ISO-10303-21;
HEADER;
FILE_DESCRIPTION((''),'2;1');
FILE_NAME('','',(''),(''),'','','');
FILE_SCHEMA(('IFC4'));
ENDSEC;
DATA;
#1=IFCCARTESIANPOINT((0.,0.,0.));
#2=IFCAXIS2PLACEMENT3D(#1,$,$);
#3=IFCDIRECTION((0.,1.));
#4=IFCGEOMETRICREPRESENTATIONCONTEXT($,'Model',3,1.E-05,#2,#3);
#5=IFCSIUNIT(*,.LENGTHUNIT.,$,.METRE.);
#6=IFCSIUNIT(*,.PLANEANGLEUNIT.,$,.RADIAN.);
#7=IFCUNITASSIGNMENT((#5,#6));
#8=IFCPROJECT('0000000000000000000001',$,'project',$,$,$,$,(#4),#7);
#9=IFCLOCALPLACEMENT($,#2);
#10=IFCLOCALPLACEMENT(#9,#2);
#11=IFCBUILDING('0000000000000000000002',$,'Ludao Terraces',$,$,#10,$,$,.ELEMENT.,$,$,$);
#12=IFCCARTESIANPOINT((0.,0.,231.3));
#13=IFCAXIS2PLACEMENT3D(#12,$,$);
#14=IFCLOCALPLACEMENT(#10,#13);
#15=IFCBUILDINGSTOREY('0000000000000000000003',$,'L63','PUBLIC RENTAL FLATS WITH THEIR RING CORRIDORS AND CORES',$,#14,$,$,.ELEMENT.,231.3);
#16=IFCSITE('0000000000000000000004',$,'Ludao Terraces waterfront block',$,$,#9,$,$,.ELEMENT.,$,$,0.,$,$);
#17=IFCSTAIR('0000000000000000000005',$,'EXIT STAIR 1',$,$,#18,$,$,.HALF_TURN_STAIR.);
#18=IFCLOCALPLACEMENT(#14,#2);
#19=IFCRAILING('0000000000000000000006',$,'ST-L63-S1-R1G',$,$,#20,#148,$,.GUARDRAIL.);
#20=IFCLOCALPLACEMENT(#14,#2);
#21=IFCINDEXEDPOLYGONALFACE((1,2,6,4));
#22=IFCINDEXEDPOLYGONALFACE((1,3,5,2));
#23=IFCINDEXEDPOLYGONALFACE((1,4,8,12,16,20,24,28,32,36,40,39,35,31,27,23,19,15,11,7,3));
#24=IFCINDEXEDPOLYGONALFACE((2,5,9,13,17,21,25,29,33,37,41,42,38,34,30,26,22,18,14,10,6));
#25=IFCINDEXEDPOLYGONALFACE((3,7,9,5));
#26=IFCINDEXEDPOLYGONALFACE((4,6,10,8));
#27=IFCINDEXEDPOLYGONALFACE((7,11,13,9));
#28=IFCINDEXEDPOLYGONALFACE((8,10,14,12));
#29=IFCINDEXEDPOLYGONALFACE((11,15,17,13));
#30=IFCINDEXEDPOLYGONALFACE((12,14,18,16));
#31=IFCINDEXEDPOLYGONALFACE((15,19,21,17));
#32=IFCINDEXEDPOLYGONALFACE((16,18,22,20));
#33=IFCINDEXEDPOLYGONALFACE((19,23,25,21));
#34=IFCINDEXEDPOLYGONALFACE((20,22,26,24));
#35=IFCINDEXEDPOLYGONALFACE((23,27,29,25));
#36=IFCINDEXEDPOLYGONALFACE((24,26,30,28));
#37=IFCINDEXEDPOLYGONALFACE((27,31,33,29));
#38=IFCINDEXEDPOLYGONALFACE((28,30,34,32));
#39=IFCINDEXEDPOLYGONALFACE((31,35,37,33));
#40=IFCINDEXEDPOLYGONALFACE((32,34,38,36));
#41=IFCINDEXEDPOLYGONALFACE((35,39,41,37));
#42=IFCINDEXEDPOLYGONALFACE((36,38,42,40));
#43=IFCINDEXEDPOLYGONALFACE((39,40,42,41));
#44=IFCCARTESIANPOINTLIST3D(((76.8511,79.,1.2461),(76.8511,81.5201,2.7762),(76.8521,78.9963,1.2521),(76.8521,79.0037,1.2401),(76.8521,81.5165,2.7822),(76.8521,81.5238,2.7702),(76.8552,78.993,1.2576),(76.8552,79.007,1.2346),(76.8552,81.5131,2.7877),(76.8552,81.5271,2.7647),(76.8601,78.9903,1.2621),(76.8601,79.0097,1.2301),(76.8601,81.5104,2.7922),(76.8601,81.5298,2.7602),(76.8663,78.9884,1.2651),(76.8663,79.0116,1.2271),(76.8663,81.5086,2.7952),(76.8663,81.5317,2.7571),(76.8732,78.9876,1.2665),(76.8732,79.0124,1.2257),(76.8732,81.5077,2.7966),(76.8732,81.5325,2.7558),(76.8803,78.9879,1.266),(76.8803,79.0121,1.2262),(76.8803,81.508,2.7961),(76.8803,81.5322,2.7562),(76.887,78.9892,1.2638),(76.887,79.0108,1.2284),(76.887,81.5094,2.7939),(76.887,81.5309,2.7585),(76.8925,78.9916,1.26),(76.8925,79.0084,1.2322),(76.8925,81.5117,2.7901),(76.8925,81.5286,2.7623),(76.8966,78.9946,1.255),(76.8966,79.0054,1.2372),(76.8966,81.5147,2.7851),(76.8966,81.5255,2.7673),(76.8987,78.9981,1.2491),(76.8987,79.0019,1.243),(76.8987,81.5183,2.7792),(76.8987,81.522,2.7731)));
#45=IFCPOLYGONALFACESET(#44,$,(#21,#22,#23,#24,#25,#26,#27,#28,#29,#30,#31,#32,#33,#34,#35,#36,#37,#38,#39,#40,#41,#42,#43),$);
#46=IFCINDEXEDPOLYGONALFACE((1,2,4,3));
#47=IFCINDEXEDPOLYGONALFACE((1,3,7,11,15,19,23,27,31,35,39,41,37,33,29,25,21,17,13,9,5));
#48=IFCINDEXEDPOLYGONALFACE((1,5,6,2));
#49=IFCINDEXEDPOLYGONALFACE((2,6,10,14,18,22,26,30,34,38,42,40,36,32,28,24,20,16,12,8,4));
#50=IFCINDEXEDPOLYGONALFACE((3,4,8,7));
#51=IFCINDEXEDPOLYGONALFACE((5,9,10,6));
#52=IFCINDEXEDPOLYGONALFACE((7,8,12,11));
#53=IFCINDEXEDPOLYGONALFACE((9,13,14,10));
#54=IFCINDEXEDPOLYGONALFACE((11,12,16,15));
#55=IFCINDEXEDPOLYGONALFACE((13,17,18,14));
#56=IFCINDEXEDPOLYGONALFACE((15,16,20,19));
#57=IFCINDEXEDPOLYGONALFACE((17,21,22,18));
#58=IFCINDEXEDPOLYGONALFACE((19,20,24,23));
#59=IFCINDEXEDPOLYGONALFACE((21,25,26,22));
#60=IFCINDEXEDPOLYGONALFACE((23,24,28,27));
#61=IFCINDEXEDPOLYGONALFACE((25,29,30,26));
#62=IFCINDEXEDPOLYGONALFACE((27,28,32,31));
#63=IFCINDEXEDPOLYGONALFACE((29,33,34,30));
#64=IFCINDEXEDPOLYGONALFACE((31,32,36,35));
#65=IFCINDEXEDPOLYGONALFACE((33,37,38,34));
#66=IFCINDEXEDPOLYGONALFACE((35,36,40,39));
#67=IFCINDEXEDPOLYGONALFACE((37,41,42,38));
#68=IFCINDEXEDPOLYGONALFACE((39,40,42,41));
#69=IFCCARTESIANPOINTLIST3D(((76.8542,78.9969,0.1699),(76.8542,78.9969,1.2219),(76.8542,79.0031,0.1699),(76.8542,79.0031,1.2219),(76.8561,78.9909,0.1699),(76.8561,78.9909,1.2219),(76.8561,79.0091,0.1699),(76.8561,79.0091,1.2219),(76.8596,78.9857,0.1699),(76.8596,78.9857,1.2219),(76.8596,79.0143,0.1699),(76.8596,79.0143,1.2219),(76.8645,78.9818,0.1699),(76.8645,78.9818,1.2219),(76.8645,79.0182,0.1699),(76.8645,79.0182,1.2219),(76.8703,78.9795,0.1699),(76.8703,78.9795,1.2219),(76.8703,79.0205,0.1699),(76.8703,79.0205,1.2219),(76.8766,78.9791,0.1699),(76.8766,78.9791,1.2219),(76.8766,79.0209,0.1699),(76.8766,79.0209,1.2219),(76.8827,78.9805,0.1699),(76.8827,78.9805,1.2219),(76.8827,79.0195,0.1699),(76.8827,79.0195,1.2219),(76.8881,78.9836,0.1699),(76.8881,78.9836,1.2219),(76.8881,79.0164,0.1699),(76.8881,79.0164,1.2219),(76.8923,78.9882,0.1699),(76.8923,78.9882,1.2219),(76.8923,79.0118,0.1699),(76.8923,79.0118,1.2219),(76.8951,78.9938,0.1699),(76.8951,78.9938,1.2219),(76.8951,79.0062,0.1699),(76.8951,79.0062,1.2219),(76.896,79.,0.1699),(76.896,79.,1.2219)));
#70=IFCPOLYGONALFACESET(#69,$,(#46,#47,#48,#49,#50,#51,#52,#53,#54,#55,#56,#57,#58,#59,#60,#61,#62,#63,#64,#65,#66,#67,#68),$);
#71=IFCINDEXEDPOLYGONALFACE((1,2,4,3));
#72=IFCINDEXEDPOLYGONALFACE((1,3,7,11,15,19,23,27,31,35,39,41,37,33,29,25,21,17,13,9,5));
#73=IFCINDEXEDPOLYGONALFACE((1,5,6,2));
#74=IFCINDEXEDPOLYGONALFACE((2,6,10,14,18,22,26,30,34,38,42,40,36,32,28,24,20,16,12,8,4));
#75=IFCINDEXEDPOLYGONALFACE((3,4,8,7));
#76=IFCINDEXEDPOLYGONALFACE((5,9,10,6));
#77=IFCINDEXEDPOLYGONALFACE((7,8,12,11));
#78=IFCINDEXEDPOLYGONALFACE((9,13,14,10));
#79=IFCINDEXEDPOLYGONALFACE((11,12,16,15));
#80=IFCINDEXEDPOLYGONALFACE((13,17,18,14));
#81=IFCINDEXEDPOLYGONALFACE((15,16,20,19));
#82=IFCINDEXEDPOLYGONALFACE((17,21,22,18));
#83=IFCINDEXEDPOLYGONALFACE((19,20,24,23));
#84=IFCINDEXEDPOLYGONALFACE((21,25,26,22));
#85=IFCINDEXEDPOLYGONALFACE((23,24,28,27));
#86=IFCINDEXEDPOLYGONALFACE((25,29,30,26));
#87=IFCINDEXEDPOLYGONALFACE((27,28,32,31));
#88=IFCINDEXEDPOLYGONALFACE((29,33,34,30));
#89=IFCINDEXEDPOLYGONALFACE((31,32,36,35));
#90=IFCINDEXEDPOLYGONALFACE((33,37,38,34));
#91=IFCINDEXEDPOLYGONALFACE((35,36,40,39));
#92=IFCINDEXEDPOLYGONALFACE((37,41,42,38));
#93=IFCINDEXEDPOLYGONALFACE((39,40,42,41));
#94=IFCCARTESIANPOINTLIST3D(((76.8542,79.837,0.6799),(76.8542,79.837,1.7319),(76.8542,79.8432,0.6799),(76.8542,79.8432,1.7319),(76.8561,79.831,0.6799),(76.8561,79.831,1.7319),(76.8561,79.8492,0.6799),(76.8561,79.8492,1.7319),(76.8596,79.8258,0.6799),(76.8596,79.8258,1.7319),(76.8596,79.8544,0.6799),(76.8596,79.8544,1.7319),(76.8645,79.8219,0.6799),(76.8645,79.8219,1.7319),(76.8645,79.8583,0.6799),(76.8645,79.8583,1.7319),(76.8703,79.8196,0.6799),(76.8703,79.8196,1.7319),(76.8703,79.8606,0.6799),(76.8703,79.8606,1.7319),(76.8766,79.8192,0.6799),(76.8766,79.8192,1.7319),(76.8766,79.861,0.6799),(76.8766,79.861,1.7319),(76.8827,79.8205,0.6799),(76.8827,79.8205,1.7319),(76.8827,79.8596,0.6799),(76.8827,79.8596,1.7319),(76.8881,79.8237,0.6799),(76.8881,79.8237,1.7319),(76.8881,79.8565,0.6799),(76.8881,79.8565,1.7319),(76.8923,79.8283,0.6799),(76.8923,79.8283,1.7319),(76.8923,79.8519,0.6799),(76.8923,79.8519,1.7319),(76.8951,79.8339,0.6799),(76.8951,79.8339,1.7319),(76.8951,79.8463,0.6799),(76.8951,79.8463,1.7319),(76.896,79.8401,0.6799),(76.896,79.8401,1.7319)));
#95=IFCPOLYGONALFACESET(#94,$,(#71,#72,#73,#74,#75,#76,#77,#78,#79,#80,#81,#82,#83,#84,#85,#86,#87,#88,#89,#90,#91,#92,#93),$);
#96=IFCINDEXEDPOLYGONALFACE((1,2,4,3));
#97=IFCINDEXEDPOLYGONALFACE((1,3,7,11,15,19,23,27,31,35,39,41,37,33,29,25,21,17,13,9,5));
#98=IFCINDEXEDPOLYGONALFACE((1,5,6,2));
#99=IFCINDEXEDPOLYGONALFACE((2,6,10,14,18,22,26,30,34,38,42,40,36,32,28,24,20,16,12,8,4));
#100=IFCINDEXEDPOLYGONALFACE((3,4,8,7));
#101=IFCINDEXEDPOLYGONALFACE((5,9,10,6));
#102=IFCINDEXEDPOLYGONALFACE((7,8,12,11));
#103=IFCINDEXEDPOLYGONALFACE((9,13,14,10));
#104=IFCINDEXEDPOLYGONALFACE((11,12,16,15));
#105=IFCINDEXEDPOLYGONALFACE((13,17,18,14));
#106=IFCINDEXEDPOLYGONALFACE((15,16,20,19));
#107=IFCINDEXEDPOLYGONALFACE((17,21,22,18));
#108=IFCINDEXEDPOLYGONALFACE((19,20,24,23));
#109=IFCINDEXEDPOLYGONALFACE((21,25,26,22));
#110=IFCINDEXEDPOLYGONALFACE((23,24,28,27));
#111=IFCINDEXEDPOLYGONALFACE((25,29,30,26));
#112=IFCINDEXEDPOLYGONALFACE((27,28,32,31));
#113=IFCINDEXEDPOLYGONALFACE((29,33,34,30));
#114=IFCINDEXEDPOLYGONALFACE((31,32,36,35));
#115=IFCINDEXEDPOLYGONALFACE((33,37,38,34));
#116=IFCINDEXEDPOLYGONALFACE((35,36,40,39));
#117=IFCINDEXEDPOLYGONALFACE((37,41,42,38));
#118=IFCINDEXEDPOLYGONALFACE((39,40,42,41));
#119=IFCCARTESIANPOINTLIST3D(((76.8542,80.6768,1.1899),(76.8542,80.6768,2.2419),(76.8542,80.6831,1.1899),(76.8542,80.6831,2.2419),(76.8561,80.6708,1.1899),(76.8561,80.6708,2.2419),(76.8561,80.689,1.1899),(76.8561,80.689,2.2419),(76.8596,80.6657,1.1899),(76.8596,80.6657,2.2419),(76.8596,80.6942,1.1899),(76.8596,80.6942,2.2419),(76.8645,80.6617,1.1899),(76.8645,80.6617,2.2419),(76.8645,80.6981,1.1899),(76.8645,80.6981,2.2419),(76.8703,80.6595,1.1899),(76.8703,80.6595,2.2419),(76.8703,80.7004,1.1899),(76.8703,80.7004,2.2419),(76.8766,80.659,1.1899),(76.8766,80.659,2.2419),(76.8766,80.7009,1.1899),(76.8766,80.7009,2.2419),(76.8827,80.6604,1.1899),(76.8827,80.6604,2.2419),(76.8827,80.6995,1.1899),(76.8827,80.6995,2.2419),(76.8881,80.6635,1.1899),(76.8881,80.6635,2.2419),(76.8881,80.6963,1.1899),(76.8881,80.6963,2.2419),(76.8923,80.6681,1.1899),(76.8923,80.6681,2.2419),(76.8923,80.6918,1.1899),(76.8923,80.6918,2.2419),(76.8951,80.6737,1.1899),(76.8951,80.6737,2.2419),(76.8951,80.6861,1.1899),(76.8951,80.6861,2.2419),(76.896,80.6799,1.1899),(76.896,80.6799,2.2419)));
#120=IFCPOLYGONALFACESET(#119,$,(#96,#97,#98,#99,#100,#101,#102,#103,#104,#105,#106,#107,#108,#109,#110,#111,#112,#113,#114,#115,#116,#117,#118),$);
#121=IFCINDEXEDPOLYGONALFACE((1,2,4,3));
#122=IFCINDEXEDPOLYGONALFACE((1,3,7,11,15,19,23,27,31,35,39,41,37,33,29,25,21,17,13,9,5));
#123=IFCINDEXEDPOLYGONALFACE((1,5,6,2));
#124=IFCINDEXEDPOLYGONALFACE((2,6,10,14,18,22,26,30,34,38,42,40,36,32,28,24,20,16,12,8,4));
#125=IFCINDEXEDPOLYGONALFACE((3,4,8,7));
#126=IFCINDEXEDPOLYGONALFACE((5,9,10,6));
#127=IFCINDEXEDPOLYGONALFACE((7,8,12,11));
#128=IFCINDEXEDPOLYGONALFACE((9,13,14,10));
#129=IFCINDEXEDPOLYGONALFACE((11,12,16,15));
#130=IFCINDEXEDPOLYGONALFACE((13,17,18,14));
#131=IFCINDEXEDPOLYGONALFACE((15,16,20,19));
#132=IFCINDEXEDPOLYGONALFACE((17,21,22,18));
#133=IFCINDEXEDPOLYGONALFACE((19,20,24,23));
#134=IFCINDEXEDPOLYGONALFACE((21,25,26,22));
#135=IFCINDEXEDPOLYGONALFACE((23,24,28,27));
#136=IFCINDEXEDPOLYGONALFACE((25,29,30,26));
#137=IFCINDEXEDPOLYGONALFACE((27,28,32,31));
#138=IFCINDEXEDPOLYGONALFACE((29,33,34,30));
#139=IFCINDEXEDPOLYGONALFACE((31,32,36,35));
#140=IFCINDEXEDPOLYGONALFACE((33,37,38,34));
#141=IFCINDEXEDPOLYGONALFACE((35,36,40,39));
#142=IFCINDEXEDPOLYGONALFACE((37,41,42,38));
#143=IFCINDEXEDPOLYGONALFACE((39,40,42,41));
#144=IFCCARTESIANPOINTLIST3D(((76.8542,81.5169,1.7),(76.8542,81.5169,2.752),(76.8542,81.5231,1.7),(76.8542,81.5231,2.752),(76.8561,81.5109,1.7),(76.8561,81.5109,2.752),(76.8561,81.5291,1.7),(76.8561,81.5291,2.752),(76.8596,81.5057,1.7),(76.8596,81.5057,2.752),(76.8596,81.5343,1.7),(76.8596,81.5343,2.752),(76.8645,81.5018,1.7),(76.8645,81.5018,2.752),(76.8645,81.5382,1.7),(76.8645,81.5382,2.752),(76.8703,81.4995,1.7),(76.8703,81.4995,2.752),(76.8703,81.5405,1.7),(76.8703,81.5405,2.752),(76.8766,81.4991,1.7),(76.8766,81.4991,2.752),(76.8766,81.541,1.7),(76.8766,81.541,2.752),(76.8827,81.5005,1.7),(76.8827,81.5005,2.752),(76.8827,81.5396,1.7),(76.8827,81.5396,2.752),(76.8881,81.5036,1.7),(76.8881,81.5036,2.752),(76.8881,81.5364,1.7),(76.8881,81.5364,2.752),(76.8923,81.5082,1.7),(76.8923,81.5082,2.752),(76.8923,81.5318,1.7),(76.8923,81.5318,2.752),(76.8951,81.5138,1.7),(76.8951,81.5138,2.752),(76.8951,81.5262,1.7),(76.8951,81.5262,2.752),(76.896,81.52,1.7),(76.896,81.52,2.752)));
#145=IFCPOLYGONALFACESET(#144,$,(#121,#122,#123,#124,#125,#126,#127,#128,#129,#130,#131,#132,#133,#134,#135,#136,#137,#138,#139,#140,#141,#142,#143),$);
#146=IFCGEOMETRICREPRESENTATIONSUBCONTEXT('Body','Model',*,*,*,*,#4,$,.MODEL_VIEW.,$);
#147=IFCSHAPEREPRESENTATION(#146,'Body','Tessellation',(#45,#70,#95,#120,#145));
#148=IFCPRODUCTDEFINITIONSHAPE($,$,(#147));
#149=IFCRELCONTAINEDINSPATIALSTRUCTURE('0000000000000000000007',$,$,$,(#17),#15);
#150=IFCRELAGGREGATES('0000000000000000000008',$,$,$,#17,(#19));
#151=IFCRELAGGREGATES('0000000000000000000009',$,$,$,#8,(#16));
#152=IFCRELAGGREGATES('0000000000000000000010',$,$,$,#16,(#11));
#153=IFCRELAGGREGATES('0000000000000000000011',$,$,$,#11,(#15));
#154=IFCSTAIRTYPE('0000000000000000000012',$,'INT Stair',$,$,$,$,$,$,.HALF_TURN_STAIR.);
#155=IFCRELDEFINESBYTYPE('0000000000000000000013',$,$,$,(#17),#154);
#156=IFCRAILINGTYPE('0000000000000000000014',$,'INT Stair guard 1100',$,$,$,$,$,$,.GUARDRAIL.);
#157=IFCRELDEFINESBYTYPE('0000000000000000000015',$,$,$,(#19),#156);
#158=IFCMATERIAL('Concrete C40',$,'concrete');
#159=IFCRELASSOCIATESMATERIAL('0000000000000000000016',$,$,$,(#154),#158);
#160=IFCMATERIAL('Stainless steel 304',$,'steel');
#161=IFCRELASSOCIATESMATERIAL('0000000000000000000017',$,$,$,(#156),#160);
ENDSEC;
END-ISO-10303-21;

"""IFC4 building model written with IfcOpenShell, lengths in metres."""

from ifc_helpers import new_model, si_unit, direction, frame, origin, origin_2d, place, context, subcontext, project, spatial, circle, extrude, material, type_object, element, aggregate, save


model = new_model("IFC4")

# Units and contexts
model_context = context("Model", 3, precision=1e-05, world=origin(), true_north=direction((0.0, 1.0)))
body_context = subcontext(model_context, "Body", "Model", "MODEL_VIEW")
ifc_project = project(units=[si_unit("LENGTHUNIT", "METRE"), si_unit("PLANEANGLEUNIT", "RADIAN")], contexts=[model_context])

# Site, building, storey
site_placement = place(None, origin())
site = spatial("IfcSite", under=ifc_project, at=site_placement, Name="Ludao Terraces waterfront block", CompositionType="ELEMENT", RefElevation=0.0)
building_placement = place(site_placement, origin())
building = spatial("IfcBuilding", under=site, at=building_placement, Name="Ludao Terraces", CompositionType="ELEMENT")
storey_placement = place(building_placement, frame((0.0, 0.0, 231.3)))
storey = spatial("IfcBuildingStorey", under=building, at=storey_placement, Name="L63", Description="PUBLIC RENTAL FLATS WITH THEIR RING CORRIDORS AND CORES", CompositionType="ELEMENT", Elevation=231.3)

# Shared definitions
ifc_material_1 = material(Name="Concrete C40", Category="concrete")

# Stair, railing
stair_type = type_object("IfcStairType", Name="INT Stair", PredefinedType="HALF_TURN_STAIR", material=ifc_material_1)
stair_placement = place(storey_placement, origin())
stair = element("IfcStair", 1, at=stair_placement, inside=storey, type_object=stair_type, Name="EXIT STAIR 1", PredefinedType="HALF_TURN_STAIR")
ifc_material_2 = material(Name="Stainless steel 304", Category="steel")
railing_type_1 = type_object("IfcRailingType", Name="INT Stair guard 1100", PredefinedType="GUARDRAIL", material=ifc_material_2)
railing_1_placement = place(storey_placement, frame((76.875, 79.0, 0.1699)))
railing_1 = element("IfcRailing", 2, at=railing_1_placement, type_object=railing_type_1, Name="ST-L63-S1-R1G", PredefinedType="GUARDRAIL", context=body_context, shape_type="SweptSolid", body=[
    extrude(circle(Radius=0.0239, at=origin_2d()), frame((0.0, 0.0, 1.0762), z_axis=(0.0, 0.854785, 0.518982), x_axis=(-1.0, 0.0, 0.0)), (0.0, 0.0, 1.0), 2.9482),
    extrude(circle(Radius=0.021, at=origin_2d()), origin(), (0.0, 0.0, 1.0), 1.052),
    extrude(circle(Radius=0.021, at=origin_2d()), frame((0.0, 0.8401, 0.51)), (0.0, 0.0, 1.0), 1.052),
    extrude(circle(Radius=0.021, at=origin_2d()), frame((0.0, 1.6799, 1.02)), (0.0, 0.0, 1.0), 1.052),
    extrude(circle(Radius=0.021, at=origin_2d()), frame((0.0, 2.52, 1.53)), (0.0, 0.0, 1.0), 1.052),
])
aggregate(stair, [railing_1])

save(model, "model.ifc")
